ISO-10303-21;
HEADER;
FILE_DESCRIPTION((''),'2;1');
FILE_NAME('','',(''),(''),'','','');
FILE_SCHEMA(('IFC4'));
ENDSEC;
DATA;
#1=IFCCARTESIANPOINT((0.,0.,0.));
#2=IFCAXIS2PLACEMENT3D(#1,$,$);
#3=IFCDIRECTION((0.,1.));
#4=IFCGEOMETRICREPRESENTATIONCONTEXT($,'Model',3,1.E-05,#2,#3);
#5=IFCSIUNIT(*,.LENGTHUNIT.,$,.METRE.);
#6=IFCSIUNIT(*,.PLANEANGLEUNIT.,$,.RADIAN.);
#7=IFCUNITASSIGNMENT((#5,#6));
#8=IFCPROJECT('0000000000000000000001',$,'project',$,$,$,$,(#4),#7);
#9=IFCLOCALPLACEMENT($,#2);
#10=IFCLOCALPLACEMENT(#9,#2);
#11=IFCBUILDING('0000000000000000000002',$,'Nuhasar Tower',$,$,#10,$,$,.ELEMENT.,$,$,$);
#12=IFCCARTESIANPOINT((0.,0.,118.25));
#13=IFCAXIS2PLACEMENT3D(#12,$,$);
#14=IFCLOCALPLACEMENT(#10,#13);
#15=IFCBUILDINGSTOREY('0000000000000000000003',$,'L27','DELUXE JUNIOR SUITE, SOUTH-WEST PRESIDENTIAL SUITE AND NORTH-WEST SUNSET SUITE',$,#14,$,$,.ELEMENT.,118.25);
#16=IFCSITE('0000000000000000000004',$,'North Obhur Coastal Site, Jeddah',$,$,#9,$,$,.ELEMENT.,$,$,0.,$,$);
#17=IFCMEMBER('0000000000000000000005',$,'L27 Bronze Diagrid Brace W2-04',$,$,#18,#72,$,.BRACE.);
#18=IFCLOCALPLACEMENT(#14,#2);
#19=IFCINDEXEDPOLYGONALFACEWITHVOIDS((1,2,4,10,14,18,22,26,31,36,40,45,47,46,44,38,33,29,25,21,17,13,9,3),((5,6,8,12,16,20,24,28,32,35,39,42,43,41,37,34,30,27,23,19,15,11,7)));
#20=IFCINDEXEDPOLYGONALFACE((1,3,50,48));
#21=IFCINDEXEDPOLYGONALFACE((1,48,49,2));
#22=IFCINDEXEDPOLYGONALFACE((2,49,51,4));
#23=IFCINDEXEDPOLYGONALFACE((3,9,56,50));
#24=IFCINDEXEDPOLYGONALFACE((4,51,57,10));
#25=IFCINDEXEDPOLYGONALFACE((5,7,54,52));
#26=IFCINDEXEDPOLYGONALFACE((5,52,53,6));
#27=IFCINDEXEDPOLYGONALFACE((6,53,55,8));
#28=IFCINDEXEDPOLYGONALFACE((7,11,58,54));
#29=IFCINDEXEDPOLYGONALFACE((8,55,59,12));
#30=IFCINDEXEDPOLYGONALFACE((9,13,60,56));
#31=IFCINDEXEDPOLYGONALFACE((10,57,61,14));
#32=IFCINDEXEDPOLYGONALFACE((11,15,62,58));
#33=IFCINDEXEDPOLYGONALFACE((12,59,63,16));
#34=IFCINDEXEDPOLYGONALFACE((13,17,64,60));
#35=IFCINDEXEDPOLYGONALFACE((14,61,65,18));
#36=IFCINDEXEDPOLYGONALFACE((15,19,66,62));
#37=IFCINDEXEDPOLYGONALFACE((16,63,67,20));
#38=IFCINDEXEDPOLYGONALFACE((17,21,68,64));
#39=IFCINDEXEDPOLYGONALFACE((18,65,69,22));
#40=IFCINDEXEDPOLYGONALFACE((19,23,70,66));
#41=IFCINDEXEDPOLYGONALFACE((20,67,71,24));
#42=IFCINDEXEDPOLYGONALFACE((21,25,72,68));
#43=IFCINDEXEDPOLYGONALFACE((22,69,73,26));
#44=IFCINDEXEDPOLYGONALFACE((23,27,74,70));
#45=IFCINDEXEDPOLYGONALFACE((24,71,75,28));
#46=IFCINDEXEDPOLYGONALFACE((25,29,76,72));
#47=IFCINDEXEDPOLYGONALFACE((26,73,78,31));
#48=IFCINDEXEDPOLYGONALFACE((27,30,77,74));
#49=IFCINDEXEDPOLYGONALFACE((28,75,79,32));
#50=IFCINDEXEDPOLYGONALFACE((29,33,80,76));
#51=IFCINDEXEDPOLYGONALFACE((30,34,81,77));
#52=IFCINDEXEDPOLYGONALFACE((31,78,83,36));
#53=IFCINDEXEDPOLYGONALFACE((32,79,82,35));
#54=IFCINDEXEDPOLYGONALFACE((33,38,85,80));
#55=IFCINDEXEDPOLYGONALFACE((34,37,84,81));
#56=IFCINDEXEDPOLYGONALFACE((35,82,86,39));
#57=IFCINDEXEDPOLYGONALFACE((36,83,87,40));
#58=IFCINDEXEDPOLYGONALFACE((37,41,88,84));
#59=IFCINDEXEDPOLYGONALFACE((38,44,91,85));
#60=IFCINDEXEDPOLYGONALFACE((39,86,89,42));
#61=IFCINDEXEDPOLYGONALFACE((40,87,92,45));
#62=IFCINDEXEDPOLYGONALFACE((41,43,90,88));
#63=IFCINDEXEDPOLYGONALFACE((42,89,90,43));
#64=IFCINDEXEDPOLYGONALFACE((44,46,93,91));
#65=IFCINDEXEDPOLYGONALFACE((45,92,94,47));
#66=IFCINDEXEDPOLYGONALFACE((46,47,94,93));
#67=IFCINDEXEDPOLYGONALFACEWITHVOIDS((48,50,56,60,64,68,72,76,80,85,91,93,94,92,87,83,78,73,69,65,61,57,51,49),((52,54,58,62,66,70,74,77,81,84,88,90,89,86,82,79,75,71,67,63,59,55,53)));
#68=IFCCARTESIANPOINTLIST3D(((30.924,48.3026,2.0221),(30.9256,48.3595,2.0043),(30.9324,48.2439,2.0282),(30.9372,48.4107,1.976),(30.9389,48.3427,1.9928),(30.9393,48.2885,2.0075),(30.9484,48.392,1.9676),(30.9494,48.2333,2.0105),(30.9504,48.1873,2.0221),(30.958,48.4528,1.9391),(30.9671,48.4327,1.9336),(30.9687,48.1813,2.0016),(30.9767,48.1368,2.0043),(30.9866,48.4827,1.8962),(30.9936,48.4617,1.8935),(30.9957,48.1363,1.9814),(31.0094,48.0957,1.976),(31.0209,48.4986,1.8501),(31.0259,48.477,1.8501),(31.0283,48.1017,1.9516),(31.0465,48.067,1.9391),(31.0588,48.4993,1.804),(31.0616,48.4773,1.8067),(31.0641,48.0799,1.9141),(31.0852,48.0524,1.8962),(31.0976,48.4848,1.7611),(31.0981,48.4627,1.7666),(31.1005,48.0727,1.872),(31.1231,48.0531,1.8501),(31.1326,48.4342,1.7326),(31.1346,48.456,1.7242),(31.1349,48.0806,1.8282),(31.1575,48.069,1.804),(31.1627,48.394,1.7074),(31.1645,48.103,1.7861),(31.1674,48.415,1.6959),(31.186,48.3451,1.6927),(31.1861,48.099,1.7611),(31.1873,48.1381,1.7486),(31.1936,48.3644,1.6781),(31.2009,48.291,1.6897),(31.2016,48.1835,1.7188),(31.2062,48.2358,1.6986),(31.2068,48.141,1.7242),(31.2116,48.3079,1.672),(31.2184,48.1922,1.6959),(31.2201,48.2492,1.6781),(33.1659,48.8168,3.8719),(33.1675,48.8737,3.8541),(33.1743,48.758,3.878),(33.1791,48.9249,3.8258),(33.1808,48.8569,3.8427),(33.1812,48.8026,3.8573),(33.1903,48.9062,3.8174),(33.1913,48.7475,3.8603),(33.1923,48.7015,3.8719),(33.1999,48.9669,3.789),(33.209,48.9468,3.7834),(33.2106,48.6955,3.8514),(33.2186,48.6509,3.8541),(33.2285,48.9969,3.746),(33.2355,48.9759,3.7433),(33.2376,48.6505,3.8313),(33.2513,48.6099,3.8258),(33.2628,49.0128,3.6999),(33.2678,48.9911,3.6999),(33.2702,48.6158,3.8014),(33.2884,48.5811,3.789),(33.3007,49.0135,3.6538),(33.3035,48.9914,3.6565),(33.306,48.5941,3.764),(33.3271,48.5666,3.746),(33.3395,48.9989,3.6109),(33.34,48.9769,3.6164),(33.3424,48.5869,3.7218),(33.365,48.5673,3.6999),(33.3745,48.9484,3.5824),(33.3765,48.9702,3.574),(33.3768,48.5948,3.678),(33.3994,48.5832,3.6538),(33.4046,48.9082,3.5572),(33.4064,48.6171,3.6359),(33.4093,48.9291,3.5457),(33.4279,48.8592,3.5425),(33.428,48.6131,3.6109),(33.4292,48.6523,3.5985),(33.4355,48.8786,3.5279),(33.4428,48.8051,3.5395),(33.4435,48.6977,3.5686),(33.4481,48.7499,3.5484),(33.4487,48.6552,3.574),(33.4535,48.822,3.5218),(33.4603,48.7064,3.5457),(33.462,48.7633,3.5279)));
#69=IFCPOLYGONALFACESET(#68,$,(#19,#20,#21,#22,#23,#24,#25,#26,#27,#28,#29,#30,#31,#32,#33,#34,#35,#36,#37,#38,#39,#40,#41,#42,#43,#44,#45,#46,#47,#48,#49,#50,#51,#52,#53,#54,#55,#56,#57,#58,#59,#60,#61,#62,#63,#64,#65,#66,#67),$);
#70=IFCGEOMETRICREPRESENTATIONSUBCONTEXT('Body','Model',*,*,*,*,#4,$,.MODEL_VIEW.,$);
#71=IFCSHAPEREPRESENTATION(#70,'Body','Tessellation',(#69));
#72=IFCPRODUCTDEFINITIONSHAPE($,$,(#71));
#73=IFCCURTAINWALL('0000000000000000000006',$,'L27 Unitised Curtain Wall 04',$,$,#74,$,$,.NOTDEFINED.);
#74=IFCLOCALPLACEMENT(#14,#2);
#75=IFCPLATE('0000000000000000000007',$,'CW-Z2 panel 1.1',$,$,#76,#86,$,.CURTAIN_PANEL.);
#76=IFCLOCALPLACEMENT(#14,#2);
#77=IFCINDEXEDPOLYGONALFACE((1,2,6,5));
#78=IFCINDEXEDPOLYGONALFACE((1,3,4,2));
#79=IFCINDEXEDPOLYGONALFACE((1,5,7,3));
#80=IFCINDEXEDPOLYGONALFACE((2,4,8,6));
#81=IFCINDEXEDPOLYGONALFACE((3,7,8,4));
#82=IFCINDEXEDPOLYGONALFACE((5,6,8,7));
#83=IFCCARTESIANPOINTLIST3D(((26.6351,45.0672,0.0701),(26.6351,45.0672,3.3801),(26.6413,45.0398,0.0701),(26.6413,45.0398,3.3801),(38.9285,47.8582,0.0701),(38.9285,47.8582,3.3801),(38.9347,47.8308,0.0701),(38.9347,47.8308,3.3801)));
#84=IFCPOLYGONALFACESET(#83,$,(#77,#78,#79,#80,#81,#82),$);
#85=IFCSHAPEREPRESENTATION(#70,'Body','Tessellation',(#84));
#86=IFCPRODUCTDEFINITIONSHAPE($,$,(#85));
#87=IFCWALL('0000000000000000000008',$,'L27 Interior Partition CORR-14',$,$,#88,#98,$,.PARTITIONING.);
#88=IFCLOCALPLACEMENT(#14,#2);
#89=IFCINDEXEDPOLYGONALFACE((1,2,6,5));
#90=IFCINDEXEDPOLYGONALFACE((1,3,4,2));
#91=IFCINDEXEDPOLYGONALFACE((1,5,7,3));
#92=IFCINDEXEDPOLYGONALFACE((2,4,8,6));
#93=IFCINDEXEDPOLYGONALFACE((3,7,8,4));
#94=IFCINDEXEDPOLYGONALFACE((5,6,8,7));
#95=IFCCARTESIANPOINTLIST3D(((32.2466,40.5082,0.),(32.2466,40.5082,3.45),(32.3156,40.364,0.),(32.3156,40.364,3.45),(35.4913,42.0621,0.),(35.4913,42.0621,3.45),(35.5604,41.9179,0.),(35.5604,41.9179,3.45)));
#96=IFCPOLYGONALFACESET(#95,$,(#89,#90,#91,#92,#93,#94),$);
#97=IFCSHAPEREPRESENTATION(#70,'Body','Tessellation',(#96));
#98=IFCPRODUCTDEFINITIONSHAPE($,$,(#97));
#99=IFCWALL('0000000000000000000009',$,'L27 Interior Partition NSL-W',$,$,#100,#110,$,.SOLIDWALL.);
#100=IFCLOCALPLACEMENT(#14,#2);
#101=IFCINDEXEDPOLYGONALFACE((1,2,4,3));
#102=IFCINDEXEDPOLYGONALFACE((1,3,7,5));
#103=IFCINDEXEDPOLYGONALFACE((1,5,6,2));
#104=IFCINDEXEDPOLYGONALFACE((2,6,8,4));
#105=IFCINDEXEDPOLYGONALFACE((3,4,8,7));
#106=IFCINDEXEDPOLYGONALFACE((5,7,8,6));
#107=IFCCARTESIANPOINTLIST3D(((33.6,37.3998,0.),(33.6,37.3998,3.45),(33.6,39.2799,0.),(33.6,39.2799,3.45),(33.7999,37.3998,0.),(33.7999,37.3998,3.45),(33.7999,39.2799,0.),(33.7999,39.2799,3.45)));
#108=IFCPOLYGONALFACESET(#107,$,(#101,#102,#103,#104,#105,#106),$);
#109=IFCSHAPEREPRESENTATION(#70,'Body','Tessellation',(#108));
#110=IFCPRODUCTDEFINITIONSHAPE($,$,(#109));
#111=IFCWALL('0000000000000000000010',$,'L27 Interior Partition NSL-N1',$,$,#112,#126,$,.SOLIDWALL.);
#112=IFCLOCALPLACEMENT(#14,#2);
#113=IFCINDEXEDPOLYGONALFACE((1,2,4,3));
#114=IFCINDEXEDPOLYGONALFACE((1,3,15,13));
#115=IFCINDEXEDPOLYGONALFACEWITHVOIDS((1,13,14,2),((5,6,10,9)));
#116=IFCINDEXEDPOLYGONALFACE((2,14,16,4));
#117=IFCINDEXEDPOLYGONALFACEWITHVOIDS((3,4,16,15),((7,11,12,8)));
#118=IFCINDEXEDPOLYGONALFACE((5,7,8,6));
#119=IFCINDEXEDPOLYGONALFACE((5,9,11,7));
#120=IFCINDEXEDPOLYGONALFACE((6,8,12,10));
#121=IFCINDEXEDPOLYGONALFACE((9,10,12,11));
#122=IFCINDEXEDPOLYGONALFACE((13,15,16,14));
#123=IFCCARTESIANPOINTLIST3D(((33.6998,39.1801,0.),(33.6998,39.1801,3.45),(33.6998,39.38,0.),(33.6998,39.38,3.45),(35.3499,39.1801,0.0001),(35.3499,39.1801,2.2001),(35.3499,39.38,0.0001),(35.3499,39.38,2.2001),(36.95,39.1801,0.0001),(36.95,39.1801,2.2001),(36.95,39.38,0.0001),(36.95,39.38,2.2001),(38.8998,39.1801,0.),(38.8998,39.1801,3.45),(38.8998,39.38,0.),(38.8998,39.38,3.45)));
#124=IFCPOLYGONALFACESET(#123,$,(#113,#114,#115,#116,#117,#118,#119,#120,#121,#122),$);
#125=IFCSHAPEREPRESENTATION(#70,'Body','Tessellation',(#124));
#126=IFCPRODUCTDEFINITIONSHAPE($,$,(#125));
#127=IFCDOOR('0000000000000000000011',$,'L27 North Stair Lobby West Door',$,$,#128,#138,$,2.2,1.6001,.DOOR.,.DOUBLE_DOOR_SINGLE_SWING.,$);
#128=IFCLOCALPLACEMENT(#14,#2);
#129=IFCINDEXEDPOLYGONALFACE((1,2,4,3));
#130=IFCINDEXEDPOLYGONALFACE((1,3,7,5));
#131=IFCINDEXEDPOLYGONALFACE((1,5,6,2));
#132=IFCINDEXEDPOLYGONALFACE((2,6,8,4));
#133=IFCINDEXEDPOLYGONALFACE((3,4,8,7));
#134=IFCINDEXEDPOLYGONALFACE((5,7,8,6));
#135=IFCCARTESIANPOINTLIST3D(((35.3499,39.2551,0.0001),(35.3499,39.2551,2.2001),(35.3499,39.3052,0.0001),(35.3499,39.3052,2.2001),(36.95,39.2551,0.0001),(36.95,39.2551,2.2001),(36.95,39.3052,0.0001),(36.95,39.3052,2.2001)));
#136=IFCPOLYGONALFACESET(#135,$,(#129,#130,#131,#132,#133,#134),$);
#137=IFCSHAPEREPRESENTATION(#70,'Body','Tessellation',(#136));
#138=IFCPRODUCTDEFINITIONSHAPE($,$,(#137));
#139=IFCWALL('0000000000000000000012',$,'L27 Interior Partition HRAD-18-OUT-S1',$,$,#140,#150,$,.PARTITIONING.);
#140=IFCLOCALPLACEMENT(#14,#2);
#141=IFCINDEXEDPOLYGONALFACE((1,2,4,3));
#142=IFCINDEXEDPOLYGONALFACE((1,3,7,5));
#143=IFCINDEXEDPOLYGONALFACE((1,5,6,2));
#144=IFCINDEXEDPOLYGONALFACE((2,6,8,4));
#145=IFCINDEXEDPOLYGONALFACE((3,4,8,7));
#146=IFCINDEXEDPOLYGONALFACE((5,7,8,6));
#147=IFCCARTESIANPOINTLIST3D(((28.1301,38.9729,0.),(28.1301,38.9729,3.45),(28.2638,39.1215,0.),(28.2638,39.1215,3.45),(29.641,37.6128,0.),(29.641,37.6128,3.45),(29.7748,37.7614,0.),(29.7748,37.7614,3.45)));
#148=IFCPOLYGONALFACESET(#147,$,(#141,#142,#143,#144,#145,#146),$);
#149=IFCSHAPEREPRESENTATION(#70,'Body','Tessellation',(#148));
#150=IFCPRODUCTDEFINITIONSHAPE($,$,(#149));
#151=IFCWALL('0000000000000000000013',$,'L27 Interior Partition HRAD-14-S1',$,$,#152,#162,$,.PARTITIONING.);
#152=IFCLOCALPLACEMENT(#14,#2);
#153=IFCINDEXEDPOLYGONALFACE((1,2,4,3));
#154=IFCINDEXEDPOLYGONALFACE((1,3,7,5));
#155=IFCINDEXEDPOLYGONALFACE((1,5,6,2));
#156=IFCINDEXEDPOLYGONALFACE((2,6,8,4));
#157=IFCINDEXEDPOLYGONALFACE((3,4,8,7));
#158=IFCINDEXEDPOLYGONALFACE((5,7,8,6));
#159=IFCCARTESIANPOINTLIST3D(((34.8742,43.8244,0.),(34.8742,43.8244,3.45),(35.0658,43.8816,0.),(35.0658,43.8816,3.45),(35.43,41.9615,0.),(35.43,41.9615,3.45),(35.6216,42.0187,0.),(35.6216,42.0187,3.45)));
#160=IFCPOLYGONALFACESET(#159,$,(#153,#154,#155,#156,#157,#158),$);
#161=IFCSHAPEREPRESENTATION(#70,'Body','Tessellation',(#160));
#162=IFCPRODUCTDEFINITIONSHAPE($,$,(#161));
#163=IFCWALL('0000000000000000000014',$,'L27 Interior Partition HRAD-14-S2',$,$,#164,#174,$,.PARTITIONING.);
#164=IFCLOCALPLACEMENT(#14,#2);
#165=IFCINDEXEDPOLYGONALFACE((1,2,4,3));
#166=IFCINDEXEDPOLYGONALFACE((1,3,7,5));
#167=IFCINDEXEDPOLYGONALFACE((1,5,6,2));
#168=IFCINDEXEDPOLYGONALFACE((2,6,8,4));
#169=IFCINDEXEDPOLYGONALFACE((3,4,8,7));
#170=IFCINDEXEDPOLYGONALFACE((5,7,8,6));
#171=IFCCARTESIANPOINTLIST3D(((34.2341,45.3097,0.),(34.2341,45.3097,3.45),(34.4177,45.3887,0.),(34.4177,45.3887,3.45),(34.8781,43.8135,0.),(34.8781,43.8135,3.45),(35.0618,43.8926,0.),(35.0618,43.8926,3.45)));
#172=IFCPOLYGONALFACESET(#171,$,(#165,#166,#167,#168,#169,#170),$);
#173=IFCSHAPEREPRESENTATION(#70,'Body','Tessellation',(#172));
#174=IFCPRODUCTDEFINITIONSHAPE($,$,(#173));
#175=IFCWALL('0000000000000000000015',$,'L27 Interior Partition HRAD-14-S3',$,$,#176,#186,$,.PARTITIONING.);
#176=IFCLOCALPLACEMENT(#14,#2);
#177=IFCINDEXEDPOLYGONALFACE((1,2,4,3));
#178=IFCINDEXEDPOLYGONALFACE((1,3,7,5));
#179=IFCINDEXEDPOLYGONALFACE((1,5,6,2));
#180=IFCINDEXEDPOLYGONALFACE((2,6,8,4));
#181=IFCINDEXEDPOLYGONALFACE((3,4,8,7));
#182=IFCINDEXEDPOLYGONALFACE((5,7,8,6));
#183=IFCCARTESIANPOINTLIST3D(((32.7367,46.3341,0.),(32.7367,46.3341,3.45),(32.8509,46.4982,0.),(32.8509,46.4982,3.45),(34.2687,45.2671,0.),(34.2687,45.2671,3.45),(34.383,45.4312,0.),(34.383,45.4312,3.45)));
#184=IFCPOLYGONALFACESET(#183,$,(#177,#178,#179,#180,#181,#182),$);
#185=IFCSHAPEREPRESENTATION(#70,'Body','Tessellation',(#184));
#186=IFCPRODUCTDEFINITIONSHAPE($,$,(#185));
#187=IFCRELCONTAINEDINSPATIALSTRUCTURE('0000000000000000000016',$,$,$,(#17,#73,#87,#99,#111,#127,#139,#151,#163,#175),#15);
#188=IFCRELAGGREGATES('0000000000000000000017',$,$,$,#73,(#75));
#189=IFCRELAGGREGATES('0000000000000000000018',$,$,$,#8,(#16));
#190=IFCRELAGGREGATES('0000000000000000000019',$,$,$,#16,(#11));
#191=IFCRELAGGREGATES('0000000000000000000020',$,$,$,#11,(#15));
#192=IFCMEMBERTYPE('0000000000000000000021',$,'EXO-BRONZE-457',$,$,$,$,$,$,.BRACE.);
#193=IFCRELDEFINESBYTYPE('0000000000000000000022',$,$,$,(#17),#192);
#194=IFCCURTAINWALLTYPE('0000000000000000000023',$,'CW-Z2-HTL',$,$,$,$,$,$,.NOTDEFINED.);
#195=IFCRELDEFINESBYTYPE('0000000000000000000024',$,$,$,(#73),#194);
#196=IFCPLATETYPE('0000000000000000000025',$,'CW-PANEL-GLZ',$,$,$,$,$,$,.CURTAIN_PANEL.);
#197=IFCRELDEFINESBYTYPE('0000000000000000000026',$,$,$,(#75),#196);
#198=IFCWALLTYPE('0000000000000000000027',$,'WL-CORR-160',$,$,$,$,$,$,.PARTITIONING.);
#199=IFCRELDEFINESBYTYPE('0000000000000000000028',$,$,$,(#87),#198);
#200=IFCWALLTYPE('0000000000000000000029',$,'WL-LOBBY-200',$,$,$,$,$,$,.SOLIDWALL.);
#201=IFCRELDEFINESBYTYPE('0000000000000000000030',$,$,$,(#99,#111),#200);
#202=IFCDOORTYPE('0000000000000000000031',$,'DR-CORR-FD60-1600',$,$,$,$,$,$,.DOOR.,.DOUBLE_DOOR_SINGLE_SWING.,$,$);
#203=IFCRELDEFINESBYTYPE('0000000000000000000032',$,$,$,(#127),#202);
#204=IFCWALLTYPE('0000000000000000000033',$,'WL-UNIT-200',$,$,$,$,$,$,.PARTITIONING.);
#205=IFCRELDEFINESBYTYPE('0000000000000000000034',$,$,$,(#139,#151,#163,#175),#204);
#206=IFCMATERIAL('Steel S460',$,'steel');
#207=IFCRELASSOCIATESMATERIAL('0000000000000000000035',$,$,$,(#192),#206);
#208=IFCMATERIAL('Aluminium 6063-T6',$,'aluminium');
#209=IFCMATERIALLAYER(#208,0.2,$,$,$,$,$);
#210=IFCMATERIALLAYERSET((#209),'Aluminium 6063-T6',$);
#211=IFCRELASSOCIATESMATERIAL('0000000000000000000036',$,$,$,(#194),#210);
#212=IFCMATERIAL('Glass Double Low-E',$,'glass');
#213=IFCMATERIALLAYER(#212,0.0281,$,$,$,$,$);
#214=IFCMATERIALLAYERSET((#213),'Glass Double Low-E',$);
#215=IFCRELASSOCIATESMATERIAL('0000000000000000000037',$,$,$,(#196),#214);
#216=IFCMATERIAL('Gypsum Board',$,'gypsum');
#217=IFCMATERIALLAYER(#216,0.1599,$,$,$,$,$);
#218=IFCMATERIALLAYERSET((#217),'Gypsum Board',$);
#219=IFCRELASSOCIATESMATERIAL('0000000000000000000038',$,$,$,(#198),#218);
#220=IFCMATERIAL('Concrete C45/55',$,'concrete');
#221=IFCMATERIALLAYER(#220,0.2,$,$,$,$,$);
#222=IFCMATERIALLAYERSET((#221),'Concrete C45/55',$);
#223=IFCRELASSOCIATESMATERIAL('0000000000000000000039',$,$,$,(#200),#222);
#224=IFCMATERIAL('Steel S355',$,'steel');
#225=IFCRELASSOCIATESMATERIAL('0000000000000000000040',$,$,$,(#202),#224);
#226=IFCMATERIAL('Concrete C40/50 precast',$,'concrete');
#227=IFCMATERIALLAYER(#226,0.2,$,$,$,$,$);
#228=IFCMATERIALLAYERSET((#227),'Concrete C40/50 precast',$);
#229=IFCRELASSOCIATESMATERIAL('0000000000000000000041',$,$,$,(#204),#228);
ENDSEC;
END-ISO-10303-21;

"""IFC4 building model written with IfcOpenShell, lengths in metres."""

from ifc_helpers import new_model, si_unit, direction, frame, frame_2d, origin, origin_2d, place, context, subcontext, project, spatial, rectangle, hollow_circle, extrude, material, layer, layer_set, material_profile, profile_set, type_object, element, fill, aggregate, save


model = new_model("IFC4")

# Units and contexts
model_context = context("Model", 3, precision=1e-05, world=origin(), true_north=direction((0.0, 1.0)))
body_context = subcontext(model_context, "Body", "Model", "MODEL_VIEW")
ifc_project = project(units=[si_unit("LENGTHUNIT", "METRE"), si_unit("PLANEANGLEUNIT", "RADIAN")], contexts=[model_context])

# Site, building, storey
site_placement = place(None, origin())
site = spatial("IfcSite", under=ifc_project, at=site_placement, Name="North Obhur Coastal Site, Jeddah", CompositionType="ELEMENT", RefElevation=0.0)
building_placement = place(site_placement, origin())
building = spatial("IfcBuilding", under=site, at=building_placement, Name="Nuhasar Tower", CompositionType="ELEMENT")
storey_placement = place(building_placement, frame((0.0, 0.0, 118.25)))
storey = spatial("IfcBuildingStorey", under=building, at=storey_placement, Name="L27", Description="DELUXE JUNIOR SUITE, SOUTH-WEST PRESIDENTIAL SUITE AND NORTH-WEST SUNSET SUITE", CompositionType="ELEMENT", Elevation=118.25)

# Shared definitions
ifc_material_1 = material(Name="Steel S355", Category="steel")

# Member
ifc_material_2 = material(Name="Steel S460", Category="steel")
ifc_material_profile_1 = material_profile(ifc_material_2, hollow_circle(Radius=0.2285, WallThickness=0.0222, at=origin_2d()), Name="HSS457X22.2")
ifc_profile_set_1 = profile_set([ifc_material_profile_1], Name="Steel S460")
member_type = type_object("IfcMemberType", Name="EXO-BRONZE-457", PredefinedType="BRACE", material=ifc_profile_set_1)
member_1_placement = place(storey_placement, frame((31.072, 48.2759, 1.8501), z_axis=(0.759539, 0.17419, 0.626704), x_axis=(-0.223534, 0.974696, 0.0)))
element("IfcMember", 1, at=member_1_placement, inside=storey, type_object=member_type, Name="L27 Bronze Diagrid Brace W2-04", PredefinedType="BRACE", context=body_context, shape_type="SweptSolid", body=[
    extrude(hollow_circle(Radius=0.2285, WallThickness=0.0222, at=origin_2d()), origin(), (0.0, 0.0, 1.0), 2.9517),
])

# Curtain wall, plate
ifc_material_3 = material(Name="Aluminium 6063-T6", Category="aluminium")
ifc_layer_1 = layer(ifc_material_3, 0.2)
ifc_layer_set_1 = layer_set([ifc_layer_1], Name="Aluminium 6063-T6")
curtain_wall_type = type_object("IfcCurtainWallType", Name="CW-Z2-HTL", PredefinedType="NOTDEFINED", material=ifc_layer_set_1)
curtain_wall_placement = place(storey_placement, origin())
curtain_wall = element("IfcCurtainWall", 2, at=curtain_wall_placement, inside=storey, type_object=curtain_wall_type, Name="L27 Unitised Curtain Wall 04", PredefinedType="NOTDEFINED")
ifc_material_4 = material(Name="Glass Double Low-E", Category="glass")
ifc_layer_2 = layer(ifc_material_4, 0.0281)
ifc_layer_set_2 = layer_set([ifc_layer_2], Name="Glass Double Low-E")
plate_type = type_object("IfcPlateType", Name="CW-PANEL-GLZ", PredefinedType="CURTAIN_PANEL", material=ifc_layer_set_2)
plate_placement = place(storey_placement, frame((32.7849, 46.449, 0.0701), z_axis=(0.0, 0.0, 1.0), x_axis=(-0.975184, -0.221397, 0.0)))
plate = element("IfcPlate", 3, at=plate_placement, type_object=plate_type, Name="CW-Z2 panel 1.1", PredefinedType="CURTAIN_PANEL", context=body_context, shape_type="SweptSolid", body=[
    extrude(rectangle(XDim=12.6062, YDim=0.0281, at=origin_2d()), origin(), (0.0, 0.0, 1.0), 3.3101),
])
aggregate(curtain_wall, [plate])

# Wall
ifc_material_5 = material(Name="Gypsum Board", Category="gypsum")
ifc_layer_3 = layer(ifc_material_5, 0.1599)
ifc_layer_set_3 = layer_set([ifc_layer_3], Name="Gypsum Board")
wall_type_1 = type_object("IfcWallType", Name="WL-CORR-160", PredefinedType="PARTITIONING", material=ifc_layer_set_3)
wall_1_placement = place(storey_placement, frame((35.5259, 41.99, 0.0), z_axis=(0.0, 0.0, 1.0), x_axis=(-0.901911, -0.431921, 0.0)))
element("IfcWall", 4, at=wall_1_placement, inside=storey, type_object=wall_type_1, Name="L27 Interior Partition CORR-14", PredefinedType="PARTITIONING", context=body_context, shape_type="SweptSolid", body=[
    extrude(rectangle(XDim=3.5977, YDim=0.1599, at=frame_2d((1.7988, 0.0))), origin(), (0.0, 0.0, 1.0), 3.45),
])

# Wall
ifc_material_6 = material(Name="Concrete C45/55", Category="concrete")
ifc_layer_4 = layer(ifc_material_6, 0.2)
ifc_layer_set_4 = layer_set([ifc_layer_4], Name="Concrete C45/55")
wall_type_2 = type_object("IfcWallType", Name="WL-LOBBY-200", PredefinedType="SOLIDWALL", material=ifc_layer_set_4)
wall_2_placement = place(storey_placement, frame((33.7, 37.3999, 0.0), z_axis=(0.0, 0.0, 1.0), x_axis=(0.0, 1.0, 0.0)))
element("IfcWall", 5, at=wall_2_placement, inside=storey, type_object=wall_type_2, Name="L27 Interior Partition NSL-W", PredefinedType="SOLIDWALL", context=body_context, shape_type="SweptSolid", body=[
    extrude(rectangle(XDim=1.8801, YDim=0.2, at=frame_2d((0.9399, 0.0))), origin(), (0.0, 0.0, 1.0), 3.45),
])

# Wall, opening, door
wall_3_placement = place(storey_placement, frame((38.8999, 39.28, 0.0), z_axis=(0.0, 0.0, 1.0), x_axis=(-1.0, 0.0, 0.0)))
wall_3 = element("IfcWall", 6, at=wall_3_placement, inside=storey, type_object=wall_type_2, Name="L27 Interior Partition NSL-N1", PredefinedType="SOLIDWALL", context=body_context, shape_type="SweptSolid", body=[
    extrude(rectangle(XDim=5.2, YDim=0.2, at=frame_2d((2.6001, 0.0))), origin(), (0.0, 0.0, 1.0), 3.45),
])
opening_1_placement = place(wall_3_placement, frame((1.95, 0.0, 0.0)))
opening_1 = element("IfcOpeningElement", 7, at=opening_1_placement, cuts=wall_3, PredefinedType="OPENING", context=body_context, shape_type="SweptSolid", body=[
    extrude(rectangle(XDim=1.6001, YDim=2.2, at=frame_2d((0.8, 1.1001))), frame((0.0, 0.1099, 0.0), z_axis=(0.0, -1.0, 0.0), x_axis=(1.0, 0.0, 0.0)), (0.0, 0.0, 1.0), 0.22),
])
door_type_1 = type_object("IfcDoorType", Name="DR-CORR-FD60-1600", OperationType="DOUBLE_DOOR_SINGLE_SWING", PredefinedType="DOOR", material=ifc_material_1)
door_1_placement = place(opening_1_placement, origin())
door_1 = element("IfcDoor", 8, at=door_1_placement, inside=storey, type_object=door_type_1, Name="L27 North Stair Lobby West Door", OperationType="DOUBLE_DOOR_SINGLE_SWING", OverallHeight=2.2, OverallWidth=1.6001, PredefinedType="DOOR", context=body_context, shape_type="SweptSolid", body=[
    extrude(rectangle(XDim=1.6001, YDim=2.2, at=frame_2d((0.8, 1.1001))), frame((0.0, 0.0249, 0.0), z_axis=(0.0, -1.0, 0.0), x_axis=(1.0, 0.0, 0.0)), (0.0, 0.0, 1.0), 0.05),
])
fill(opening_1, door_1)

# Walls
ifc_material_7 = material(Name="Concrete C40/50 precast", Category="concrete")
ifc_layer_5 = layer(ifc_material_7, 0.2)
ifc_layer_set_5 = layer_set([ifc_layer_5], Name="Concrete C40/50 precast")
wall_type_3 = type_object("IfcWallType", Name="WL-UNIT-200", PredefinedType="PARTITIONING", material=ifc_layer_set_5)
wall_4_placement = place(storey_placement, frame((29.708, 37.687, 0.0), z_axis=(0.0, 0.0, 1.0), x_axis=(-0.74324, 0.669024, 0.0)))
element("IfcWall", 9, at=wall_4_placement, inside=storey, type_object=wall_type_3, Name="L27 Interior Partition HRAD-18-OUT-S1", PredefinedType="PARTITIONING", context=body_context, shape_type="SweptSolid", body=[
    extrude(rectangle(XDim=2.033, YDim=0.2, at=frame_2d((1.0166, 0.0))), origin(), (0.0, 0.0, 1.0), 3.45),
])
wall_5_placement = place(storey_placement, frame((35.5259, 41.99, 0.0), z_axis=(0.0, 0.0, 1.0), x_axis=(-0.285931, 0.95825, 0.0)))
element("IfcWall", 10, at=wall_5_placement, inside=storey, type_object=wall_type_3, Name="L27 Interior Partition HRAD-14-S1", PredefinedType="PARTITIONING", context=body_context, shape_type="SweptSolid", body=[
    extrude(rectangle(XDim=1.9441, YDim=0.2, at=frame_2d((0.9722, 0.0))), origin(), (0.0, 0.0, 1.0), 3.45),
])
wall_6_placement = place(storey_placement, frame((34.97, 43.853, 0.0), z_axis=(0.0, 0.0, 1.0), x_axis=(-0.395402, 0.918508, 0.0)))
element("IfcWall", 11, at=wall_6_placement, inside=storey, type_object=wall_type_3, Name="L27 Interior Partition HRAD-14-S2", PredefinedType="PARTITIONING", context=body_context, shape_type="SweptSolid", body=[
    extrude(rectangle(XDim=1.6289, YDim=0.2, at=frame_2d((0.8145, 0.0))), origin(), (0.0, 0.0, 1.0), 3.45),
])
wall_7_placement = place(storey_placement, frame((34.3259, 45.3491, 0.0), z_axis=(0.0, 0.0, 1.0), x_axis=(-0.820612, 0.571486, 0.0)))
element("IfcWall", 12, at=wall_7_placement, inside=storey, type_object=wall_type_3, Name="L27 Interior Partition HRAD-14-S3", PredefinedType="PARTITIONING", context=body_context, shape_type="SweptSolid", body=[
    extrude(rectangle(XDim=1.8669, YDim=0.2, at=frame_2d((0.9336, 0.0))), origin(), (0.0, 0.0, 1.0), 3.45),
])

save(model, "model.ifc")
